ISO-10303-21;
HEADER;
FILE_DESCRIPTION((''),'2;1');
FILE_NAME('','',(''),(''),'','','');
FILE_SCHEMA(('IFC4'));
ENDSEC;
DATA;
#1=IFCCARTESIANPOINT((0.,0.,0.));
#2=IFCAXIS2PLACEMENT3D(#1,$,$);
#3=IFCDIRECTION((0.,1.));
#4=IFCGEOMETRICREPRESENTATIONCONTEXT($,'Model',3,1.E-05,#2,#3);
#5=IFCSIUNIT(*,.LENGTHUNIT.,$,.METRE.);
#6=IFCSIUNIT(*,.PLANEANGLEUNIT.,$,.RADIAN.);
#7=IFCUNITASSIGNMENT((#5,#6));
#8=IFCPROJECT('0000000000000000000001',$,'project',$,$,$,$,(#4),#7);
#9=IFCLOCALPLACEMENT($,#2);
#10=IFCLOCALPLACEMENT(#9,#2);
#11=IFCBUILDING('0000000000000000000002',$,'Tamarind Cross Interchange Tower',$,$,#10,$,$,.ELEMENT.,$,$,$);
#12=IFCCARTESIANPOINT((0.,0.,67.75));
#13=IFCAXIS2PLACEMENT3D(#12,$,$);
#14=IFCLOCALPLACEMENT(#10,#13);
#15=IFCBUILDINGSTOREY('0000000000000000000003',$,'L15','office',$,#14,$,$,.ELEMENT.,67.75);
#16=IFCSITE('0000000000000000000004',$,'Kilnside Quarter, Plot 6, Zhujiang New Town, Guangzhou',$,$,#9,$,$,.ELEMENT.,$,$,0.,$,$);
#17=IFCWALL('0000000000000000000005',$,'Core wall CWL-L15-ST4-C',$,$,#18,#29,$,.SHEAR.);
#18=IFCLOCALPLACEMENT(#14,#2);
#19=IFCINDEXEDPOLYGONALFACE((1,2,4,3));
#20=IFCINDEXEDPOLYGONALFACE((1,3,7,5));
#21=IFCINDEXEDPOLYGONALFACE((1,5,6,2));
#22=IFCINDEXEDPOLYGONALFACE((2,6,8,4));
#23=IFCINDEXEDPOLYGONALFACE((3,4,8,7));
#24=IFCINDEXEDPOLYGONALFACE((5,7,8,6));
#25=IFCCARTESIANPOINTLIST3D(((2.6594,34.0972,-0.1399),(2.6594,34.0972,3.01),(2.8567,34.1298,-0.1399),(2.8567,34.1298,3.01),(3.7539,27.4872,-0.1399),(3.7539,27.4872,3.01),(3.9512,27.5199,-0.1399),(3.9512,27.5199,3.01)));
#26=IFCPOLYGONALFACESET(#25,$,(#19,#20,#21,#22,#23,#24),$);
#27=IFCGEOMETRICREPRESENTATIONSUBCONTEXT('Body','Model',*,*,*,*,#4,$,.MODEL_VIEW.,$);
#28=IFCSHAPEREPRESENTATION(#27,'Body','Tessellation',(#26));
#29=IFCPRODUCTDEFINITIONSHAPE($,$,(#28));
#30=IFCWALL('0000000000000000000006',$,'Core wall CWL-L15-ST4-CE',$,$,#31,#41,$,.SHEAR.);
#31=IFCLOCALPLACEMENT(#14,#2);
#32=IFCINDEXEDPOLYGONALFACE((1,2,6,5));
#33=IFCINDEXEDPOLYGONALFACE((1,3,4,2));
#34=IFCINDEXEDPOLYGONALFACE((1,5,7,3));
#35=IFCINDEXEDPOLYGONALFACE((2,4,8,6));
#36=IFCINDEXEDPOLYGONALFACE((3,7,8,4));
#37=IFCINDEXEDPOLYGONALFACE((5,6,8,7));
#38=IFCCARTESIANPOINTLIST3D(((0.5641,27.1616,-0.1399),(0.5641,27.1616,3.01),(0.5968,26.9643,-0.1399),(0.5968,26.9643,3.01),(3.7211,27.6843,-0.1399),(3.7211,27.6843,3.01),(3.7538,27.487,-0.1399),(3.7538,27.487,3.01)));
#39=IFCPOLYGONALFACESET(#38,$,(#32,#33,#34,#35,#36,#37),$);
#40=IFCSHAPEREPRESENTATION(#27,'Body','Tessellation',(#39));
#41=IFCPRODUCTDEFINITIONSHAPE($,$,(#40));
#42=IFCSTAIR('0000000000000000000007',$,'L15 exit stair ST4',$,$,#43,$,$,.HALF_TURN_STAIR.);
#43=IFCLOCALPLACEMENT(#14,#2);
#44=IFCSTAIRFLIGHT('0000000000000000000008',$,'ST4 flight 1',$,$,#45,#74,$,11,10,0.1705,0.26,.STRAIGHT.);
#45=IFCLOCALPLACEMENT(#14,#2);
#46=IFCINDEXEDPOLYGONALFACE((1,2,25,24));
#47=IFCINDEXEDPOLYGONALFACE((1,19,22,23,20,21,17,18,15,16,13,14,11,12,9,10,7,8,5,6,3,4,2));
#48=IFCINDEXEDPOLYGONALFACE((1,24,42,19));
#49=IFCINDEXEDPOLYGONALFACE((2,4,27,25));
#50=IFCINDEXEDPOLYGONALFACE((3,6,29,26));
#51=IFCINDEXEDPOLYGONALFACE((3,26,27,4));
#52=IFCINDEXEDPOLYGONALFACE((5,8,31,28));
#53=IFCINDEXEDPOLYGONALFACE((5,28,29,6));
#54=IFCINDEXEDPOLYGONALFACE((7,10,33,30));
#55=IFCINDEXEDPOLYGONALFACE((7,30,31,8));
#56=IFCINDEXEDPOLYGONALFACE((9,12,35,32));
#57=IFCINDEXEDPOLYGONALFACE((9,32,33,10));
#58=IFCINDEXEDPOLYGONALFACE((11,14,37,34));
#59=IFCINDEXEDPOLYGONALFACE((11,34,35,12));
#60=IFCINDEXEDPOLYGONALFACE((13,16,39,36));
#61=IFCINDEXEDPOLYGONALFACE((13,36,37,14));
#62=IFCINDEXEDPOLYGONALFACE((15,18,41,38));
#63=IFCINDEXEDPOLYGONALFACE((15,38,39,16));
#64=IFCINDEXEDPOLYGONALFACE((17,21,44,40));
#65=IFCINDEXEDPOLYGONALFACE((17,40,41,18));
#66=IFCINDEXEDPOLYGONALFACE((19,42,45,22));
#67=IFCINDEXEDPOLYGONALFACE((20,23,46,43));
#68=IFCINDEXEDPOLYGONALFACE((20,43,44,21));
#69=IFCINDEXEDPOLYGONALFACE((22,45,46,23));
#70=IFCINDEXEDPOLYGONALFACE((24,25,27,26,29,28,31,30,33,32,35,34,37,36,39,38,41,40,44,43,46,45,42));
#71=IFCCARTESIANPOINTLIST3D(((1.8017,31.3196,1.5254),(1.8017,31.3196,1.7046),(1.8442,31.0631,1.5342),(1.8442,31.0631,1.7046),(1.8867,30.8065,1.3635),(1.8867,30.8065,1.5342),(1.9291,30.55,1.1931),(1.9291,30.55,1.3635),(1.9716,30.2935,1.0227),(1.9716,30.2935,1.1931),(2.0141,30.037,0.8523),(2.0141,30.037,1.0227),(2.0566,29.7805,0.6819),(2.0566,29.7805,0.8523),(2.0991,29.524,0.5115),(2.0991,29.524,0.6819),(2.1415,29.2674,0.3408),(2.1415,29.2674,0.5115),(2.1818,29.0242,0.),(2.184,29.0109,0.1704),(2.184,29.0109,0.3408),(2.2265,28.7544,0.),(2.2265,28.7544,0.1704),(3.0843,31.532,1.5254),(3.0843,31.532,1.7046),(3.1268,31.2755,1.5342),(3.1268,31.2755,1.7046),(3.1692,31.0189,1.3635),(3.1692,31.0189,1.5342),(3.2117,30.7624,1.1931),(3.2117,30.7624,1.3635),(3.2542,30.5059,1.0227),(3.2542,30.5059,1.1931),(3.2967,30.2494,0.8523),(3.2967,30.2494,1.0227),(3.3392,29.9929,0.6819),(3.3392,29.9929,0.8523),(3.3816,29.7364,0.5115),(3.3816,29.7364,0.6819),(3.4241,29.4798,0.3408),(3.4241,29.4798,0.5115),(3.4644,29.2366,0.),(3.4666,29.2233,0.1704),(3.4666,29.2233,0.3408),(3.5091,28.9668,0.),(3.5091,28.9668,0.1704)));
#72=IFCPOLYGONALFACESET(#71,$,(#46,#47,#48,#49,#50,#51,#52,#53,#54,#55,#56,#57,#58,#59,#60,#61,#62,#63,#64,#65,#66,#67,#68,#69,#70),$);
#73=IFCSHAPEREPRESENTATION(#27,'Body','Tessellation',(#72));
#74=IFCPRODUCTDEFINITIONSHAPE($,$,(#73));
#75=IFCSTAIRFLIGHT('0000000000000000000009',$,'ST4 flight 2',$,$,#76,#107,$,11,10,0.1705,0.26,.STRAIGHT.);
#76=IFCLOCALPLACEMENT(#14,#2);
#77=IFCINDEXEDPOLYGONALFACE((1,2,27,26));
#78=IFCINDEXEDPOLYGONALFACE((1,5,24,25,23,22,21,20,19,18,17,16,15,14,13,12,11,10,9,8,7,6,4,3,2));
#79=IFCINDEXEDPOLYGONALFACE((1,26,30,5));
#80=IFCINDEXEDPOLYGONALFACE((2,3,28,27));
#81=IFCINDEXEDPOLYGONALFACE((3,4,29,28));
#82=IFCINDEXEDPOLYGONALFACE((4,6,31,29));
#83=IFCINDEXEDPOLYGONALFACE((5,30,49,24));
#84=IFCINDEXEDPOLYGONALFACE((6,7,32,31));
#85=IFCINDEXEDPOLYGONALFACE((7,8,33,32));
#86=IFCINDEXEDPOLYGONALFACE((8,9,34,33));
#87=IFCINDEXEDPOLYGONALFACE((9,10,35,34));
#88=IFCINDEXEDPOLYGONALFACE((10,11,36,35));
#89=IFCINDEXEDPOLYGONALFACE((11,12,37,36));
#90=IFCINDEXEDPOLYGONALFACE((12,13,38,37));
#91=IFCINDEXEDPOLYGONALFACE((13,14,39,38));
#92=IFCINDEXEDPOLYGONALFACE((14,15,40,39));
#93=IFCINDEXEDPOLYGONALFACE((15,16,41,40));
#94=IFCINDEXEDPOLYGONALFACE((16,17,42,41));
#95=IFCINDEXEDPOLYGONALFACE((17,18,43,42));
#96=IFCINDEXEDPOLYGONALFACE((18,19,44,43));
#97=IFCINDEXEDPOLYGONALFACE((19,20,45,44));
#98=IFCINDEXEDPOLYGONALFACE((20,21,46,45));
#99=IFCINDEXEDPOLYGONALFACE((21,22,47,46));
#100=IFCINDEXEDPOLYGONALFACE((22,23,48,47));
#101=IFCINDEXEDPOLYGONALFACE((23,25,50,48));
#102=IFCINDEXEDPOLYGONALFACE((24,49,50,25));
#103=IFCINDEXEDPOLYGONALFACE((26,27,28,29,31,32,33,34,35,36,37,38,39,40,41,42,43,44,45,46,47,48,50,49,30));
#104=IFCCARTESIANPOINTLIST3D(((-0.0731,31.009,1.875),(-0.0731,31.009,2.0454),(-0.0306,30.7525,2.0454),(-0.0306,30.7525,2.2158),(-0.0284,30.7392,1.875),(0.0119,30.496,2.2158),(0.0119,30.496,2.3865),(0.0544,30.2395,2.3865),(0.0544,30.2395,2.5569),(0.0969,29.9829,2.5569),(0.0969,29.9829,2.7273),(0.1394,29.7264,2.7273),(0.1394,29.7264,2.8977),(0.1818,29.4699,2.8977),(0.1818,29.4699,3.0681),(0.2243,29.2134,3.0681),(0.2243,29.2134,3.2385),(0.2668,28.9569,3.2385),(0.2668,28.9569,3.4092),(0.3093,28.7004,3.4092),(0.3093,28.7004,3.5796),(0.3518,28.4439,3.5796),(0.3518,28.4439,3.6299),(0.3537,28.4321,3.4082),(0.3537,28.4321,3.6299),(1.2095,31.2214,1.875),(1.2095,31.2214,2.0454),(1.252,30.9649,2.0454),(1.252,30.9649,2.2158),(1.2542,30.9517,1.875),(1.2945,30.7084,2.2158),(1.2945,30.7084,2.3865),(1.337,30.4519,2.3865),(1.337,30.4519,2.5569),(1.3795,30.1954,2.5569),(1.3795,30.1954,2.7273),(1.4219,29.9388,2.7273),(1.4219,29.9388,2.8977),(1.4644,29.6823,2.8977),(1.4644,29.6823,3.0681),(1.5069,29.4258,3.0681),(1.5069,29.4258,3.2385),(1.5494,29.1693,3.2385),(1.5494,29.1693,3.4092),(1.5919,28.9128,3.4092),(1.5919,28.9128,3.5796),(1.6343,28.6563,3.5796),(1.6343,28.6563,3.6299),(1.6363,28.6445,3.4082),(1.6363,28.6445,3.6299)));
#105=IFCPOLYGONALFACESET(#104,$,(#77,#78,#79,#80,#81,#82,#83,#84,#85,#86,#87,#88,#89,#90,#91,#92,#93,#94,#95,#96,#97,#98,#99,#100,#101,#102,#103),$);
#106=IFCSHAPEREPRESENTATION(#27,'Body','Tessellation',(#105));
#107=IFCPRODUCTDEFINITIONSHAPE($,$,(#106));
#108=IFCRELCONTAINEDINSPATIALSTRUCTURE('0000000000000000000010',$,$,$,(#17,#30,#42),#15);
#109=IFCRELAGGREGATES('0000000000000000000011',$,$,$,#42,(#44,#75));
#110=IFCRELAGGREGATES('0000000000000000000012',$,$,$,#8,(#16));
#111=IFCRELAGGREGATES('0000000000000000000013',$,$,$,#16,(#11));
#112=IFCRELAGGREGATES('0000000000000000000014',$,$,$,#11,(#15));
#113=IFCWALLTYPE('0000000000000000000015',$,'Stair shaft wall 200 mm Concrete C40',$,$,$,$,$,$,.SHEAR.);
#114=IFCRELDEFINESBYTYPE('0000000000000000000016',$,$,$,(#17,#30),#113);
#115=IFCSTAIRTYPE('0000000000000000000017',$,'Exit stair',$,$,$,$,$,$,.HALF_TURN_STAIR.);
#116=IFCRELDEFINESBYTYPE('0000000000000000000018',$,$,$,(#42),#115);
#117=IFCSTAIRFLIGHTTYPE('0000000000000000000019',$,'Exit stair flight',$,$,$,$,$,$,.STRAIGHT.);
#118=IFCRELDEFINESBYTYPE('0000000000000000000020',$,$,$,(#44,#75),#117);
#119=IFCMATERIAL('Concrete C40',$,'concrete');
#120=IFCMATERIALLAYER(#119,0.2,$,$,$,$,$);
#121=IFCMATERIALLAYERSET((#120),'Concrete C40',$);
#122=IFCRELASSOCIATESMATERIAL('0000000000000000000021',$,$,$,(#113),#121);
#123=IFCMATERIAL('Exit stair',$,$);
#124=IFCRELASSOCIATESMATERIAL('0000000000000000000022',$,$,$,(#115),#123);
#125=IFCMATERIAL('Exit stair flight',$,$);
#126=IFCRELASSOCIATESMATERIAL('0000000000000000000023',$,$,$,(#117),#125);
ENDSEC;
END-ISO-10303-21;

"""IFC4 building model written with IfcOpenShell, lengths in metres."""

from ifc_helpers import new_model, si_unit, direction, frame, frame_2d, origin, place, context, subcontext, project, spatial, polyline, rectangle, outline, extrude, material, layer, layer_set, type_object, element, aggregate, save


model = new_model("IFC4")

# Units and contexts
model_context = context("Model", 3, precision=1e-05, world=origin(), true_north=direction((0.0, 1.0)))
body_context = subcontext(model_context, "Body", "Model", "MODEL_VIEW")
ifc_project = project(units=[si_unit("LENGTHUNIT", "METRE"), si_unit("PLANEANGLEUNIT", "RADIAN")], contexts=[model_context])

# Site, building, storey
site_placement = place(None, origin())
site = spatial("IfcSite", under=ifc_project, at=site_placement, Name="Kilnside Quarter, Plot 6, Zhujiang New Town, Guangzhou", CompositionType="ELEMENT", RefElevation=0.0)
building_placement = place(site_placement, origin())
building = spatial("IfcBuilding", under=site, at=building_placement, Name="Tamarind Cross Interchange Tower", CompositionType="ELEMENT")
storey_placement = place(building_placement, frame((0.0, 0.0, 67.75)))
storey = spatial("IfcBuildingStorey", under=building, at=storey_placement, Name="L15", Description="office", CompositionType="ELEMENT", Elevation=67.75)

# Shared definitions
ifc_material_1 = material(Name="Concrete C40", Category="concrete")
ifc_layer_1 = layer(ifc_material_1, 0.2)
ifc_layer_set_1 = layer_set([ifc_layer_1], Name="Concrete C40")
wall_type_1 = type_object("IfcWallType", Name="Stair shaft wall 200 mm Concrete C40", PredefinedType="SHEAR", material=ifc_layer_set_1)

# Walls
wall_1_placement = place(storey_placement, frame((3.8525, 27.5034, -0.1399), z_axis=(0.0, 0.0, 1.0), x_axis=(-0.163359, 0.986567, 0.0)))
element("IfcWall", 1, at=wall_1_placement, inside=storey, type_object=wall_type_1, Name="Core wall CWL-L15-ST4-C", PredefinedType="SHEAR", context=body_context, shape_type="SweptSolid", body=[
    extrude(rectangle(XDim=6.7, YDim=0.2, at=frame_2d((3.3501, 0.0))), origin(), (0.0, 0.0, 1.0), 3.1499),
])
wall_2_placement = place(storey_placement, frame((3.7375, 27.5857, -0.1399), z_axis=(0.0, 0.0, 1.0), x_axis=(-0.986569, -0.163347, 0.0)))
element("IfcWall", 2, at=wall_2_placement, inside=storey, type_object=wall_type_1, Name="Core wall CWL-L15-ST4-CE", PredefinedType="SHEAR", context=body_context, shape_type="SweptSolid", body=[
    extrude(rectangle(XDim=3.2, YDim=0.2, at=frame_2d((1.6001, 0.0))), origin(), (0.0, 0.0, 1.0), 3.1499),
])

# Stair, stair flights
ifc_material_2 = material(Name="Exit stair")
stair_type = type_object("IfcStairType", Name="Exit stair", PredefinedType="HALF_TURN_STAIR", material=ifc_material_2)
stair_placement = place(storey_placement, origin())
stair = element("IfcStair", 3, at=stair_placement, inside=storey, type_object=stair_type, Name="L15 exit stair ST4", PredefinedType="HALF_TURN_STAIR")
ifc_material_3 = material(Name="Exit stair flight")
stair_flight_type = type_object("IfcStairFlightType", Name="Exit stair flight", PredefinedType="STRAIGHT", material=ifc_material_3)
stair_flight_1_placement = place(storey_placement, frame((2.8677, 28.8606, 0.0), z_axis=(0.0, 0.0, 1.0), x_axis=(-0.163381, 0.986563, 0.0)))
stair_flight_1 = element("IfcStairFlight", 4, at=stair_flight_1_placement, type_object=stair_flight_type, Name="ST4 flight 1", NumberOfRisers=11, NumberOfTreads=10, PredefinedType="STRAIGHT", RiserHeight=0.1705, TreadLength=0.26, context=body_context, shape_type="SweptSolid", body=[
    extrude(outline(polyline([(0.0, 0.0), (0.0, 0.1704), (0.26, 0.1704), (0.26, 0.3408), (0.52, 0.3408), (0.52, 0.5115), (0.78, 0.5115), (0.78, 0.6819), (1.04, 0.6819), (1.04, 0.8523), (1.3, 0.8523), (1.3, 1.0227), (1.5601, 1.0227), (1.5601, 1.1931), (1.8201, 1.1931), (1.8201, 1.3635), (2.0801, 1.3635), (2.0801, 1.5342), (2.3401, 1.5342), (2.3401, 1.7046), (2.6001, 1.7046), (2.6001, 1.875), (2.6001, 1.5254), (0.2734, 0.0), (0.0, 0.0)])), frame((0.0, 0.6499, 0.0), z_axis=(0.0, -1.0, 0.0), x_axis=(1.0, 0.0, 0.0)), (0.0, 0.0, 1.0), 1.3),
])
stair_flight_2_placement = place(storey_placement, frame((0.5684, 31.1152, 1.875), z_axis=(0.0, 0.0, 1.0), x_axis=(0.163381, -0.986563, 0.0)))
stair_flight_2 = element("IfcStairFlight", 5, at=stair_flight_2_placement, type_object=stair_flight_type, Name="ST4 flight 2", NumberOfRisers=11, NumberOfTreads=10, PredefinedType="STRAIGHT", RiserHeight=0.1705, TreadLength=0.26, context=body_context, shape_type="SweptSolid", body=[
    extrude(outline(polyline([(0.0, 0.0), (0.0, 0.1704), (0.26, 0.1704), (0.26, 0.3408), (0.52, 0.3408), (0.52, 0.5115), (0.78, 0.5115), (0.78, 0.6819), (1.04, 0.6819), (1.04, 0.8523), (1.3, 0.8523), (1.3, 1.0227), (1.5601, 1.0227), (1.5601, 1.1931), (1.8201, 1.1931), (1.8201, 1.3635), (2.0801, 1.3635), (2.0801, 1.5342), (2.3401, 1.5342), (2.3401, 1.7046), (2.6001, 1.7046), (2.6001, 1.7549), (2.6121, 1.7549), (2.6121, 1.5332), (0.2734, 0.0), (0.0, 0.0)])), frame((0.0, 0.6499, 0.0), z_axis=(0.0, -1.0, 0.0), x_axis=(1.0, 0.0, 0.0)), (0.0, 0.0, 1.0), 1.3),
])
aggregate(stair, [stair_flight_1, stair_flight_2])

save(model, "model.ifc")
